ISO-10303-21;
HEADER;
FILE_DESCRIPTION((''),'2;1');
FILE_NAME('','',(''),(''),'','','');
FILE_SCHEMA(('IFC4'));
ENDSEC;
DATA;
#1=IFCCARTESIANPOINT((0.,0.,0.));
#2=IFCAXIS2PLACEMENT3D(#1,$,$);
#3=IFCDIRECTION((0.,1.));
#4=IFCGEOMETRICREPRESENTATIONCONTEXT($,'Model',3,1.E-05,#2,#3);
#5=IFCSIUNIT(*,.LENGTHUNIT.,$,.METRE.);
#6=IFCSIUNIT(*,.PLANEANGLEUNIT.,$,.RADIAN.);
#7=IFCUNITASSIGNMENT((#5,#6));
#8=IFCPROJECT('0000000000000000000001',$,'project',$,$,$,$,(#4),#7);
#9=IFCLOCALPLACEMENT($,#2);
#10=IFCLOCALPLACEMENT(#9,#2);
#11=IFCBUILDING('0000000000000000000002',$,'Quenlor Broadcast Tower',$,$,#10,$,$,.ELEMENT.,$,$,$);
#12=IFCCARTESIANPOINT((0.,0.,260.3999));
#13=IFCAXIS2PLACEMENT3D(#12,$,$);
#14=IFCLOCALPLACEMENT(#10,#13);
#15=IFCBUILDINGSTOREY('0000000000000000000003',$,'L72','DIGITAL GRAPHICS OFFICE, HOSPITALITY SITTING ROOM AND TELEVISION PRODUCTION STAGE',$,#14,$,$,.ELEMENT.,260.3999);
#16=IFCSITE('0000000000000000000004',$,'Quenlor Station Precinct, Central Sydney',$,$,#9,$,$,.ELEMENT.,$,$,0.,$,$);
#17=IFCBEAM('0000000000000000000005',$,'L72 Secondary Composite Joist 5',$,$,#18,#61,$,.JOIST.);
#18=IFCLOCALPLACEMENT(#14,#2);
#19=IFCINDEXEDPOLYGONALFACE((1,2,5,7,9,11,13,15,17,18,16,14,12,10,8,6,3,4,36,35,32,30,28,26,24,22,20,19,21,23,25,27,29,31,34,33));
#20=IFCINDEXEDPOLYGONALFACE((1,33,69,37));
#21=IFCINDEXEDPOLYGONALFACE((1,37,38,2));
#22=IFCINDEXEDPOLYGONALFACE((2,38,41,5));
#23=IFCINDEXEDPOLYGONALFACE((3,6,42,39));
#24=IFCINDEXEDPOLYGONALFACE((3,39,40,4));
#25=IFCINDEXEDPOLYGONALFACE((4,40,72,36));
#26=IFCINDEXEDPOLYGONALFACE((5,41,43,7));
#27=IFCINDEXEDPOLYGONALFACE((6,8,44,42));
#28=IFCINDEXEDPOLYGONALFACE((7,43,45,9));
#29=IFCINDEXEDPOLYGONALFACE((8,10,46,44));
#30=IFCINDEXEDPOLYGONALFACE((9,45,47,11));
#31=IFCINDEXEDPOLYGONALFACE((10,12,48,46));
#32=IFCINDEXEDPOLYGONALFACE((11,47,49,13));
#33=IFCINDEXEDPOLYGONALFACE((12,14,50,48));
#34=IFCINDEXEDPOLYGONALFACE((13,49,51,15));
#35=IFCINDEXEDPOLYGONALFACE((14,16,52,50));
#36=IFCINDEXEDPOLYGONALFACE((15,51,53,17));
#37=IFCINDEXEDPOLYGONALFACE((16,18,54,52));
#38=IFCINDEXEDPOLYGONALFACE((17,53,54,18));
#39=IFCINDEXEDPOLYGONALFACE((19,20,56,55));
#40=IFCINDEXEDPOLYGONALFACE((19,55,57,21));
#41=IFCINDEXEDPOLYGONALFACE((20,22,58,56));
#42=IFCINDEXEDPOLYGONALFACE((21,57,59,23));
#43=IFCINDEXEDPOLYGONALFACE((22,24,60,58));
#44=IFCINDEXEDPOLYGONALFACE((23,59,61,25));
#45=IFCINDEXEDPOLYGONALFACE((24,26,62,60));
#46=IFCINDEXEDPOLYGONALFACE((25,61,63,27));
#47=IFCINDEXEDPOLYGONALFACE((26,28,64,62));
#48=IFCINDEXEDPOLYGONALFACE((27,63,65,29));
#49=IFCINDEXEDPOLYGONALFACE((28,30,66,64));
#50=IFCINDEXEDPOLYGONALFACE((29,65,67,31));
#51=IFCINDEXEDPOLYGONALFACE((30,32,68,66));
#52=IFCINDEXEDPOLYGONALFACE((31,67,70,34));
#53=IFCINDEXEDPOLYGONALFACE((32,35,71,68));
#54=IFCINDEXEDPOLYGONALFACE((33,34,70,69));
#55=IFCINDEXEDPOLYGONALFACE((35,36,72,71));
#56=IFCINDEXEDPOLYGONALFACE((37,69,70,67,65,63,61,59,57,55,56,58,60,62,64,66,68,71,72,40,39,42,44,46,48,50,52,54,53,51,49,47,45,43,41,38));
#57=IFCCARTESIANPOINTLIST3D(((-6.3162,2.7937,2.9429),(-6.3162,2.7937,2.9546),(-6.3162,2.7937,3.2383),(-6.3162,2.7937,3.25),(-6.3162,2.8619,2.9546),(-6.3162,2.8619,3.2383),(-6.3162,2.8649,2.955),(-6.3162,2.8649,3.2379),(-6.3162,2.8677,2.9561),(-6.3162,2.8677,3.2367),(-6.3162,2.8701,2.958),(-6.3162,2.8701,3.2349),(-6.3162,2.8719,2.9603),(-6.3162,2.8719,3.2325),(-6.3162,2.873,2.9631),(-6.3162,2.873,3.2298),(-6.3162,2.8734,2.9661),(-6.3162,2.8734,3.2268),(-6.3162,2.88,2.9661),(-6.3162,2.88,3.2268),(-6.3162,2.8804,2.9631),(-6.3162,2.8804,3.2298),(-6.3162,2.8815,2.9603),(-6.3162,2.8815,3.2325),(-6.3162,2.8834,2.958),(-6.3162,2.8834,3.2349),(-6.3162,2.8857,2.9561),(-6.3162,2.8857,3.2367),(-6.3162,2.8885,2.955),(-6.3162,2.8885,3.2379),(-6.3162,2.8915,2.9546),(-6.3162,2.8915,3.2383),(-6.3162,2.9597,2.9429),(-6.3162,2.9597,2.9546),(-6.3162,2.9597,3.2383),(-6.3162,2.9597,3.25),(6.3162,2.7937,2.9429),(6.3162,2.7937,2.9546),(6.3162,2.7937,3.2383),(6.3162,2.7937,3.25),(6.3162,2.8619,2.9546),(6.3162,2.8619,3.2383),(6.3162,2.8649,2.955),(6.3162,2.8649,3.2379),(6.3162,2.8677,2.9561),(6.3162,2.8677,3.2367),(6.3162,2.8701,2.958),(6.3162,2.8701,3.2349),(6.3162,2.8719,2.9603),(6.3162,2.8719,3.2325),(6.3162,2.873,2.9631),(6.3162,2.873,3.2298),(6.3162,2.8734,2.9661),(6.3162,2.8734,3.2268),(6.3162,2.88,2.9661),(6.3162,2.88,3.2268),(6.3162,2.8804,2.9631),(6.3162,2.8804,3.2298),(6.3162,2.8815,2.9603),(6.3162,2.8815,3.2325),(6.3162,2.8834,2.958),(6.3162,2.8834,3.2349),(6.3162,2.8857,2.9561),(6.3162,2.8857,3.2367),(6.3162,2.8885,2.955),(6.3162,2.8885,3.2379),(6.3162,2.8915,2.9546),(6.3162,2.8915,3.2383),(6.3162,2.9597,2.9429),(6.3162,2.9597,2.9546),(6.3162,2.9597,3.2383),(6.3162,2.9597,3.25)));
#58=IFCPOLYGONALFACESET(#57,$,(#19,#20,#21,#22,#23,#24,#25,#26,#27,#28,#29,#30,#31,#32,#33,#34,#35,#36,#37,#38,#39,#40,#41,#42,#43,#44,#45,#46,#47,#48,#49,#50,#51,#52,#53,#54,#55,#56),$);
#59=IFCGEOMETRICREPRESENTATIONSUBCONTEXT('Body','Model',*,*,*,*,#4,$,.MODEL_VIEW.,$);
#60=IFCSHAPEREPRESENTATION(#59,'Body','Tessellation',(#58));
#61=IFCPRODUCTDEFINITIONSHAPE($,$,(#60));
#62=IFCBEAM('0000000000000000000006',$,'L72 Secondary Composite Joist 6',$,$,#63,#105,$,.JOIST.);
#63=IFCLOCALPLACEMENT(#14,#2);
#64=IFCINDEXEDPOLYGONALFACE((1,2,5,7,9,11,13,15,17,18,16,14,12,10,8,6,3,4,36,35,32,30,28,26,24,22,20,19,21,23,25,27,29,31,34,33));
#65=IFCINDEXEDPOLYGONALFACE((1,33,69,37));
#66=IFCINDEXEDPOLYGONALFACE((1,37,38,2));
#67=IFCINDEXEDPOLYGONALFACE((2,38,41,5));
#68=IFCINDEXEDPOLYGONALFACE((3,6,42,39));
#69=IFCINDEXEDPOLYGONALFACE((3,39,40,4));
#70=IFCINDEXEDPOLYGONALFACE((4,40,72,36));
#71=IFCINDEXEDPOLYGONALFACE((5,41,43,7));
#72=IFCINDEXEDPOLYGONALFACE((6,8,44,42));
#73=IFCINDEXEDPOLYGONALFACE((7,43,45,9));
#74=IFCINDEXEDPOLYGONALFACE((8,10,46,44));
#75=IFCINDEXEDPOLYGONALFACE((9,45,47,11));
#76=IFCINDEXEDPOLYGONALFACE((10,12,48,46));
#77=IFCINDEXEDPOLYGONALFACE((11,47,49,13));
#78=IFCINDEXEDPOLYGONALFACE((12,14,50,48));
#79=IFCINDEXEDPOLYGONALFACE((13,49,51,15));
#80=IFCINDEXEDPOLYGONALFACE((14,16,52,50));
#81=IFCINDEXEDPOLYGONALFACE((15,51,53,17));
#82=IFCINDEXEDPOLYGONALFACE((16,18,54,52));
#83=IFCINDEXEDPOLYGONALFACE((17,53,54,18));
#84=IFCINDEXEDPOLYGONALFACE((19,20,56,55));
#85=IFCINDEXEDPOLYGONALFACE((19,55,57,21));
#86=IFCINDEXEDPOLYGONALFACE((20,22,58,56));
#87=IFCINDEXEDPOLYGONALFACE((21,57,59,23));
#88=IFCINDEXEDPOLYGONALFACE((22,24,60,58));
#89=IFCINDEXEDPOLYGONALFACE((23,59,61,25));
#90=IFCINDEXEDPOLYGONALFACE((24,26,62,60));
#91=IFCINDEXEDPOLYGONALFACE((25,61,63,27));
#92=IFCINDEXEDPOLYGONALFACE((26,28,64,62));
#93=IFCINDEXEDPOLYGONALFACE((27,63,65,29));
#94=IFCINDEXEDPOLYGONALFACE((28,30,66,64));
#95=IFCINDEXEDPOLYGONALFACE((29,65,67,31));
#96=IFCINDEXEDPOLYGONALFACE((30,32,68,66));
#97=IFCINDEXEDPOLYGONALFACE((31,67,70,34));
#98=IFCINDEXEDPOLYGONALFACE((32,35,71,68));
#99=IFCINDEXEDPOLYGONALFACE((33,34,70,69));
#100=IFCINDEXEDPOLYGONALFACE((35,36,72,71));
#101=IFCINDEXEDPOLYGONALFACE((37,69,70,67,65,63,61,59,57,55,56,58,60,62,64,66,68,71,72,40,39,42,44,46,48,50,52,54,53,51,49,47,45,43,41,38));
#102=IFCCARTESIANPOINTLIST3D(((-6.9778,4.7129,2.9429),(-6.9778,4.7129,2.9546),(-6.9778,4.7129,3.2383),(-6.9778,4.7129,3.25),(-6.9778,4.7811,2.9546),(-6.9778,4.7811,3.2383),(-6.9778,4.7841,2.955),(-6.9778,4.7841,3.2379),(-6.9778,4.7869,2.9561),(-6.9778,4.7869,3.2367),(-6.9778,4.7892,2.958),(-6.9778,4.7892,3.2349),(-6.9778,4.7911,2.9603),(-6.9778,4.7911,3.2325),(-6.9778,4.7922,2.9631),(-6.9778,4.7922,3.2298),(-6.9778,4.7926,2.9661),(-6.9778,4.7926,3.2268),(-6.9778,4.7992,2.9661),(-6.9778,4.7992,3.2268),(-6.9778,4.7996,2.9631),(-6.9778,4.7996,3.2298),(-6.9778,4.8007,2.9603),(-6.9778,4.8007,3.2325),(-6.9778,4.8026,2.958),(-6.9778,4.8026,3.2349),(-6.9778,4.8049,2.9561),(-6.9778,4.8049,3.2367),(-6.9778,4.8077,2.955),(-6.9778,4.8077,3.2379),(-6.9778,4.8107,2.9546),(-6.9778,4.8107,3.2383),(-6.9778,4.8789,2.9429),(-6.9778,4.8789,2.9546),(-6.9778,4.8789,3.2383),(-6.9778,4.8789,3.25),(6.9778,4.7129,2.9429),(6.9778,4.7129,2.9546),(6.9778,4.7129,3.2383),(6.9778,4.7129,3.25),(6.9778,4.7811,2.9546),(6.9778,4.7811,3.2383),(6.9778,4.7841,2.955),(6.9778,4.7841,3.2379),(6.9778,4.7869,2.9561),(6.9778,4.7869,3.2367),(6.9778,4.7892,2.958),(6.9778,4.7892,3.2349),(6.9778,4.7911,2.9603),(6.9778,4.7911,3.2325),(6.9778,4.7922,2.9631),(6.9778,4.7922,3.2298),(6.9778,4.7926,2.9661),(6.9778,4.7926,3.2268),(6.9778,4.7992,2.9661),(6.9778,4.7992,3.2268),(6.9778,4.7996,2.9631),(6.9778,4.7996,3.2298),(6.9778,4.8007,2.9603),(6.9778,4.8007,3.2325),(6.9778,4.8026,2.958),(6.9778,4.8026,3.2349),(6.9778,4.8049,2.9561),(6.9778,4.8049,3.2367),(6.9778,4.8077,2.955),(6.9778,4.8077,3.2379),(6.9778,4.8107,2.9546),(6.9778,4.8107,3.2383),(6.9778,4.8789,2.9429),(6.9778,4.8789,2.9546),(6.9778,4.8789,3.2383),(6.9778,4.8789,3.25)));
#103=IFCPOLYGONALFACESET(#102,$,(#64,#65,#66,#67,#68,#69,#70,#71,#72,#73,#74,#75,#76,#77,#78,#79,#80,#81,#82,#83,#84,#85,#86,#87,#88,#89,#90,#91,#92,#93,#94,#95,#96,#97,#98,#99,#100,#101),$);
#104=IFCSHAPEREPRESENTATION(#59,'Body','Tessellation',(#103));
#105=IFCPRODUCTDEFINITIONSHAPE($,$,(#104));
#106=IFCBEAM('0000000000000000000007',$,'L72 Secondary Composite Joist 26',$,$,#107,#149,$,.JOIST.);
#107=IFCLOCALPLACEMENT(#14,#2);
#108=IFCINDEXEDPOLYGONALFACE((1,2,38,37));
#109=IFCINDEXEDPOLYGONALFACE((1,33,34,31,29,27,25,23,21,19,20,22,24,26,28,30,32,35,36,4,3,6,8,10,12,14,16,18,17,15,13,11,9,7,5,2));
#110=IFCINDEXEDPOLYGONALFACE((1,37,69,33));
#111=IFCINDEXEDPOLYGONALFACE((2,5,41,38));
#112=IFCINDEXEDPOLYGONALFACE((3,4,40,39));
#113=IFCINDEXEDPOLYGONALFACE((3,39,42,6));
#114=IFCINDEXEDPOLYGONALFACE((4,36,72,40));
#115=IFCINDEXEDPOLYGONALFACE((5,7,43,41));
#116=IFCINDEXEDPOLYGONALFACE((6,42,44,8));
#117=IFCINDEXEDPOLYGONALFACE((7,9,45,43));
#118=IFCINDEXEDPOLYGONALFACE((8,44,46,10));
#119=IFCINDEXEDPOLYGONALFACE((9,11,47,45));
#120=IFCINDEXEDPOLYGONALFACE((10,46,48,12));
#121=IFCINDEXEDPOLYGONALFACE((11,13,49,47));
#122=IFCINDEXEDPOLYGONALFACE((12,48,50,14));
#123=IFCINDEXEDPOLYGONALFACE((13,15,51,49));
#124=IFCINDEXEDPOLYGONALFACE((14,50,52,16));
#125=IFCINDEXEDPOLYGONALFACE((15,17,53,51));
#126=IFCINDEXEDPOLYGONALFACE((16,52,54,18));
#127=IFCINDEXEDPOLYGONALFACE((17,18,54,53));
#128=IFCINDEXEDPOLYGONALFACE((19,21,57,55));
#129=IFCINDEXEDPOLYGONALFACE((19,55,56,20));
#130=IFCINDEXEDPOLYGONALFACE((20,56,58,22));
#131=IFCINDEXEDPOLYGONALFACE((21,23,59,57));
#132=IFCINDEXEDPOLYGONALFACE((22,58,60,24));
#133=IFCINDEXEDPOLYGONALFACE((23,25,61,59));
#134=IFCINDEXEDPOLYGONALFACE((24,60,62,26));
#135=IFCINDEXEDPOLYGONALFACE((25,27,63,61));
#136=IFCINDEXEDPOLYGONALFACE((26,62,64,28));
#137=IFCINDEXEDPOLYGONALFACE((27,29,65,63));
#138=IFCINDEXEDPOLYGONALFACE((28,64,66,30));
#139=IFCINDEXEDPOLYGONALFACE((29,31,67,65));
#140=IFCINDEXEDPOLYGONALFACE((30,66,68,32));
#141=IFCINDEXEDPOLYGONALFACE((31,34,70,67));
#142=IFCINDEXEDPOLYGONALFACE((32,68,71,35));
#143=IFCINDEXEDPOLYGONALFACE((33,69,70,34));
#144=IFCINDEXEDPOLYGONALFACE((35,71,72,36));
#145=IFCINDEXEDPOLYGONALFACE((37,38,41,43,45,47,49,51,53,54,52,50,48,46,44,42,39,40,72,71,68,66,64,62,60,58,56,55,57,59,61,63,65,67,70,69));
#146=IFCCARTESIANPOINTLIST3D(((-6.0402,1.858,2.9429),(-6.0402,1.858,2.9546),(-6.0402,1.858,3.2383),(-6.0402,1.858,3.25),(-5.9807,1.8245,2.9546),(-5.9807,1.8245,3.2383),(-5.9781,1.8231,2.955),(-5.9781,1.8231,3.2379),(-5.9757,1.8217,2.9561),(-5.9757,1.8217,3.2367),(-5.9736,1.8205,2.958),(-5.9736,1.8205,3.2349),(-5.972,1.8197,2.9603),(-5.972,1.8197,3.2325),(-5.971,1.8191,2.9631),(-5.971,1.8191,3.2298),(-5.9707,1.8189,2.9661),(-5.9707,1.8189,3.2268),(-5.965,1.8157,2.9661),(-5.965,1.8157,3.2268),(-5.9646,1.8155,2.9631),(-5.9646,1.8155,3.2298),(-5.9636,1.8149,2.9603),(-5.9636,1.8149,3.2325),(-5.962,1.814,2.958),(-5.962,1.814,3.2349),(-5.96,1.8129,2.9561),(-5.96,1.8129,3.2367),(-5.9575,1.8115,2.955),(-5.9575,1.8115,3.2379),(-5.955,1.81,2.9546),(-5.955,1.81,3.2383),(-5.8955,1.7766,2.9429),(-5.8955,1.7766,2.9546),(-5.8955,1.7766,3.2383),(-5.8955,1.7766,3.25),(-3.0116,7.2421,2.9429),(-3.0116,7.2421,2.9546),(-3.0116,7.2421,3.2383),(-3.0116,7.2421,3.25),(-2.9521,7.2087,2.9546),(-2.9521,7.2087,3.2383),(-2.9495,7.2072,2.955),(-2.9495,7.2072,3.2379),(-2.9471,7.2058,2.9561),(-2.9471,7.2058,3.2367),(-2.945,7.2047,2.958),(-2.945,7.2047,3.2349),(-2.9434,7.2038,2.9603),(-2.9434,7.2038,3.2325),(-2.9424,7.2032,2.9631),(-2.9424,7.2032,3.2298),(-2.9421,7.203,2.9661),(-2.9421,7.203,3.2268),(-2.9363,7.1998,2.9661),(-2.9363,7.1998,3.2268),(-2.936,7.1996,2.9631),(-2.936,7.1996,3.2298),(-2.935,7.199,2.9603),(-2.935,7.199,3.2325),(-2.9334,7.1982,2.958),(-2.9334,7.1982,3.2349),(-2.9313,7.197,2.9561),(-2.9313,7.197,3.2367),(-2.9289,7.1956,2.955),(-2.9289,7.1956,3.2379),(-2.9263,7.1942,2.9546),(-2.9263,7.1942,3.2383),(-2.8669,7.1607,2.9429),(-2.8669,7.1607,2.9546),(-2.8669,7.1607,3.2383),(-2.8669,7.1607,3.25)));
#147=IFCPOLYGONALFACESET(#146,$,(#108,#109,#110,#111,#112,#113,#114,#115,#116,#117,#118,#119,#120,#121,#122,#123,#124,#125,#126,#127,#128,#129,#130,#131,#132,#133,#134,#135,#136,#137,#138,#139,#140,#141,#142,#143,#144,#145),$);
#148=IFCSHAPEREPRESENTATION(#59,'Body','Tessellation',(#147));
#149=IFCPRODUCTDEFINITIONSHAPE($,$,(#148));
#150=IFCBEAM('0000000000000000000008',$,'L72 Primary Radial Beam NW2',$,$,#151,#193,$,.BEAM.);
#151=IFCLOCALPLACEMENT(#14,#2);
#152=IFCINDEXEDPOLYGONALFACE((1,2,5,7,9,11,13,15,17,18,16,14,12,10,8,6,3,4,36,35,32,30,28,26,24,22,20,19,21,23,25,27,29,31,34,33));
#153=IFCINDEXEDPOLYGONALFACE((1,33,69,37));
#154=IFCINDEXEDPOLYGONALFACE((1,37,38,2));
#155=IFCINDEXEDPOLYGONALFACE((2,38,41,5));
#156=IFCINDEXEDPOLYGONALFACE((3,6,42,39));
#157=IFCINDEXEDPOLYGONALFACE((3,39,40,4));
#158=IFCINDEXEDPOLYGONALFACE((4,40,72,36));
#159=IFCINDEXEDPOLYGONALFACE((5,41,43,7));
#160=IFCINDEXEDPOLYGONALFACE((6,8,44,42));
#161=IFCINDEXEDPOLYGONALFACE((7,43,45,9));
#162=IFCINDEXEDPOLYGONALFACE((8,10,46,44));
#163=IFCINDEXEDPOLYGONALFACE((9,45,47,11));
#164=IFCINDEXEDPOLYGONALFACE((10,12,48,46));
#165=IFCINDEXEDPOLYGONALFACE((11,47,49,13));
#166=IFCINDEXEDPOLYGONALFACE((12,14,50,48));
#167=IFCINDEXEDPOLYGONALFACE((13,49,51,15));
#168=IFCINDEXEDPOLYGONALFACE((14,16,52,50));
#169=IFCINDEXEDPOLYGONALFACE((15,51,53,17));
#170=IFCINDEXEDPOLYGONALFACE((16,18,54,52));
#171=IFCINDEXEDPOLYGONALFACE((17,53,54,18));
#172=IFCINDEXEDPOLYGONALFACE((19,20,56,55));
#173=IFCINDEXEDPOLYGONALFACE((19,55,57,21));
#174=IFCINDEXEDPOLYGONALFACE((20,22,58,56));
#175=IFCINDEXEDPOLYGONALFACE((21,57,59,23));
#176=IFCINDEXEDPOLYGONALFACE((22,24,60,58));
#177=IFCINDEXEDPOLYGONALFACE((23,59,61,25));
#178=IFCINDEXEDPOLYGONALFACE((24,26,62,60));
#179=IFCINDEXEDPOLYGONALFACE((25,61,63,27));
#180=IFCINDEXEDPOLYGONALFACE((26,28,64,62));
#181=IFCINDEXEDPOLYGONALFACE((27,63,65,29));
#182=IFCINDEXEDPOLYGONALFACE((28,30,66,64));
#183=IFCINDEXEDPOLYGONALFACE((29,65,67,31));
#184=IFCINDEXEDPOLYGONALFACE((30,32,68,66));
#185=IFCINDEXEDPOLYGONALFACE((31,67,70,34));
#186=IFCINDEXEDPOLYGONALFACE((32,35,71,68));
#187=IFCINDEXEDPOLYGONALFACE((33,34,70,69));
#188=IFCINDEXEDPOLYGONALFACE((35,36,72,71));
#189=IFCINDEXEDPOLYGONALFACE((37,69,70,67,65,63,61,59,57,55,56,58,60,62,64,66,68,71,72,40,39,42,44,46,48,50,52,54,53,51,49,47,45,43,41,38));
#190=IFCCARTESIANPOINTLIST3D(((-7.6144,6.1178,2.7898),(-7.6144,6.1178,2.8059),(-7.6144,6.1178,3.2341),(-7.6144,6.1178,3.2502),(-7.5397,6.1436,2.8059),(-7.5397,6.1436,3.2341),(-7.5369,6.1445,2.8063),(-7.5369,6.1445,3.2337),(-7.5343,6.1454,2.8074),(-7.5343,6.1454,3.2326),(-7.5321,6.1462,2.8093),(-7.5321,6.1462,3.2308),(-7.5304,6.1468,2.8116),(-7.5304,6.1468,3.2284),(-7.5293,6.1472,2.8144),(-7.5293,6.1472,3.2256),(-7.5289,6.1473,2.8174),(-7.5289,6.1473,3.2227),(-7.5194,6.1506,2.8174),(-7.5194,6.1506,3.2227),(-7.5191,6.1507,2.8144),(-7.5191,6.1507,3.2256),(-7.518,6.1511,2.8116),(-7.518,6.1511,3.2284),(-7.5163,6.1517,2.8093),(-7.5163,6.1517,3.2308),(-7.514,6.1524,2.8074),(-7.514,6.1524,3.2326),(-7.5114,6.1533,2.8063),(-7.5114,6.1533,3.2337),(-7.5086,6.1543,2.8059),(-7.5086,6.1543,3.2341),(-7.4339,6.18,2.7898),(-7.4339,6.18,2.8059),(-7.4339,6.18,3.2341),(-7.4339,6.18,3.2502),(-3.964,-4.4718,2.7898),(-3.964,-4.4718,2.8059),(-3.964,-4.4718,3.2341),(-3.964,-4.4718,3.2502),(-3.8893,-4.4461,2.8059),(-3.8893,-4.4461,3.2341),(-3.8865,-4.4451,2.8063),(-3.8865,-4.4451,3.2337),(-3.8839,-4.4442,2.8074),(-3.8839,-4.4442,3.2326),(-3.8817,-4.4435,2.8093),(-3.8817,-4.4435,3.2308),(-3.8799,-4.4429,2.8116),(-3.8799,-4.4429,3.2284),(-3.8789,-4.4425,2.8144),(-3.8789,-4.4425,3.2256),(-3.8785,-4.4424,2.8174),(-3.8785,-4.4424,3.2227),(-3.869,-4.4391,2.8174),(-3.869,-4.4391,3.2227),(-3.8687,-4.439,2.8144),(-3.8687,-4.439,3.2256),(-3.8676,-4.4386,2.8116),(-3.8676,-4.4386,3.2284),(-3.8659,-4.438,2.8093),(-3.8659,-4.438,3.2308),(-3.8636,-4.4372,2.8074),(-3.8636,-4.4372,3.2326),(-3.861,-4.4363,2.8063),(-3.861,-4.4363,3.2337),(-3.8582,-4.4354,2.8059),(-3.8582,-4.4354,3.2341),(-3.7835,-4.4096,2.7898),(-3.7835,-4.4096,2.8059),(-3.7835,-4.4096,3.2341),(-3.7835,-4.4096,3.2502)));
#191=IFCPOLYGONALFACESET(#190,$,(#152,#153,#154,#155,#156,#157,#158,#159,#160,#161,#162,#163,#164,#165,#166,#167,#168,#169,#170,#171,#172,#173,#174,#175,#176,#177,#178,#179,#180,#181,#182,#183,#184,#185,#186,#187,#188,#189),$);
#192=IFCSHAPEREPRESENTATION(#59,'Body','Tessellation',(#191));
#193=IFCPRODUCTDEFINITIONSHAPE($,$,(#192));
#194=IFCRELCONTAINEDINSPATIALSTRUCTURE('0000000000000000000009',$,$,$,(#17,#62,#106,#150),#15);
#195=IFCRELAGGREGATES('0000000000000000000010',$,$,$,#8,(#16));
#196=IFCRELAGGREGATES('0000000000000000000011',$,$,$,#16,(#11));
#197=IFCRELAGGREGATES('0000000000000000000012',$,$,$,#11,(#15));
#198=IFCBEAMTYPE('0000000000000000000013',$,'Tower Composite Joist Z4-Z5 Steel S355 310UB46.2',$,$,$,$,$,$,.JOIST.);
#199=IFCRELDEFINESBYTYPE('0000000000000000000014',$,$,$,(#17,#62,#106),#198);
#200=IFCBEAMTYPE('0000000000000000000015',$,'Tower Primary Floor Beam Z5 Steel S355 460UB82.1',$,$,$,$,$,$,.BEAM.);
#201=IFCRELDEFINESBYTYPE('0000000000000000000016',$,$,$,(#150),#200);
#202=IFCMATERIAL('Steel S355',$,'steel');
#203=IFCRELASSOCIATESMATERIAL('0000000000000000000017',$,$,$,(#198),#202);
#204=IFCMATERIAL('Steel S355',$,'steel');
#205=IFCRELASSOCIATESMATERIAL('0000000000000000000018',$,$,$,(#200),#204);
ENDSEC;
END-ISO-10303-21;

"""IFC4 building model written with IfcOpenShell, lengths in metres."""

from ifc_helpers import new_model, si_unit, direction, frame, origin, origin_2d, place, context, subcontext, project, spatial, i_section, extrude, material, material_profile, profile_set, type_object, element, save


model = new_model("IFC4")

# Units and contexts
model_context = context("Model", 3, precision=1e-05, world=origin(), true_north=direction((0.0, 1.0)))
body_context = subcontext(model_context, "Body", "Model", "MODEL_VIEW")
ifc_project = project(units=[si_unit("LENGTHUNIT", "METRE"), si_unit("PLANEANGLEUNIT", "RADIAN")], contexts=[model_context])

# Site, building, storey
site_placement = place(None, origin())
site = spatial("IfcSite", under=ifc_project, at=site_placement, Name="Quenlor Station Precinct, Central Sydney", CompositionType="ELEMENT", RefElevation=0.0)
building_placement = place(site_placement, origin())
building = spatial("IfcBuilding", under=site, at=building_placement, Name="Quenlor Broadcast Tower", CompositionType="ELEMENT")
storey_placement = place(building_placement, frame((0.0, 0.0, 260.3999)))
storey = spatial("IfcBuildingStorey", under=building, at=storey_placement, Name="L72", Description="DIGITAL GRAPHICS OFFICE, HOSPITALITY SITTING ROOM AND TELEVISION PRODUCTION STAGE", CompositionType="ELEMENT", Elevation=260.3999)

# Beams
ifc_material_1 = material(Name="Steel S355", Category="steel")
ifc_material_profile_1 = material_profile(ifc_material_1, i_section(OverallWidth=0.166, OverallDepth=0.3071, WebThickness=0.0066, FlangeThickness=0.0117, FilletRadius=0.0115, at=origin_2d()))
ifc_profile_set_1 = profile_set([ifc_material_profile_1], Name="Steel S355 310UB46.2")
beam_type_1 = type_object("IfcBeamType", Name="Tower Composite Joist Z4-Z5 Steel S355 310UB46.2", PredefinedType="JOIST", material=ifc_profile_set_1)
beam_1_placement = place(storey_placement, frame((-6.3162, 2.8767, 3.0964), z_axis=(1.0, 0.0, 0.0), x_axis=(0.0, 1.0, 0.0)))
element("IfcBeam", 1, at=beam_1_placement, inside=storey, type_object=beam_type_1, Name="L72 Secondary Composite Joist 5", PredefinedType="JOIST", context=body_context, shape_type="SweptSolid", body=[
    extrude(i_section(OverallWidth=0.166, OverallDepth=0.3071, WebThickness=0.0066, FlangeThickness=0.0117, FilletRadius=0.0115, at=origin_2d()), origin(), (0.0, 0.0, 1.0), 12.6323),
])
beam_2_placement = place(storey_placement, frame((-6.9778, 4.7959, 3.0964), z_axis=(1.0, 0.0, 0.0), x_axis=(0.0, 1.0, 0.0)))
element("IfcBeam", 2, at=beam_2_placement, inside=storey, type_object=beam_type_1, Name="L72 Secondary Composite Joist 6", PredefinedType="JOIST", context=body_context, shape_type="SweptSolid", body=[
    extrude(i_section(OverallWidth=0.166, OverallDepth=0.3071, WebThickness=0.0066, FlangeThickness=0.0117, FilletRadius=0.0115, at=origin_2d()), origin(), (0.0, 0.0, 1.0), 13.9556),
])
beam_3_placement = place(storey_placement, frame((-2.9392, 7.2014, 3.0964), z_axis=(-0.490267, -0.871572, 0.0), x_axis=(0.871572, -0.490267, 0.0)))
element("IfcBeam", 3, at=beam_3_placement, inside=storey, type_object=beam_type_1, Name="L72 Secondary Composite Joist 26", PredefinedType="JOIST", context=body_context, shape_type="SweptSolid", body=[
    extrude(i_section(OverallWidth=0.166, OverallDepth=0.3071, WebThickness=0.0066, FlangeThickness=0.0117, FilletRadius=0.0115, at=origin_2d()), origin(), (0.0, 0.0, 1.0), 6.1775),
])
ifc_material_2 = material(Name="Steel S355", Category="steel")
ifc_material_profile_2 = material_profile(ifc_material_2, i_section(OverallWidth=0.1909, OverallDepth=0.4604, WebThickness=0.01, FlangeThickness=0.0161, FilletRadius=0.0115, at=origin_2d()))
ifc_profile_set_2 = profile_set([ifc_material_profile_2], Name="Steel S355 460UB82.1")
beam_type_2 = type_object("IfcBeamType", Name="Tower Primary Floor Beam Z5 Steel S355 460UB82.1", PredefinedType="BEAM", material=ifc_profile_set_2)
beam_4_placement = place(storey_placement, frame((-7.5242, 6.1489, 3.02), z_axis=(0.325895, -0.945406, 0.0), x_axis=(0.945406, 0.325895, 0.0)))
element("IfcBeam", 4, at=beam_4_placement, inside=storey, type_object=beam_type_2, Name="L72 Primary Radial Beam NW2", PredefinedType="BEAM", context=body_context, shape_type="SweptSolid", body=[
    extrude(i_section(OverallWidth=0.1909, OverallDepth=0.4604, WebThickness=0.01, FlangeThickness=0.0161, FilletRadius=0.0115, at=origin_2d()), origin(), (0.0, 0.0, 1.0), 11.2012),
])

save(model, "model.ifc")
